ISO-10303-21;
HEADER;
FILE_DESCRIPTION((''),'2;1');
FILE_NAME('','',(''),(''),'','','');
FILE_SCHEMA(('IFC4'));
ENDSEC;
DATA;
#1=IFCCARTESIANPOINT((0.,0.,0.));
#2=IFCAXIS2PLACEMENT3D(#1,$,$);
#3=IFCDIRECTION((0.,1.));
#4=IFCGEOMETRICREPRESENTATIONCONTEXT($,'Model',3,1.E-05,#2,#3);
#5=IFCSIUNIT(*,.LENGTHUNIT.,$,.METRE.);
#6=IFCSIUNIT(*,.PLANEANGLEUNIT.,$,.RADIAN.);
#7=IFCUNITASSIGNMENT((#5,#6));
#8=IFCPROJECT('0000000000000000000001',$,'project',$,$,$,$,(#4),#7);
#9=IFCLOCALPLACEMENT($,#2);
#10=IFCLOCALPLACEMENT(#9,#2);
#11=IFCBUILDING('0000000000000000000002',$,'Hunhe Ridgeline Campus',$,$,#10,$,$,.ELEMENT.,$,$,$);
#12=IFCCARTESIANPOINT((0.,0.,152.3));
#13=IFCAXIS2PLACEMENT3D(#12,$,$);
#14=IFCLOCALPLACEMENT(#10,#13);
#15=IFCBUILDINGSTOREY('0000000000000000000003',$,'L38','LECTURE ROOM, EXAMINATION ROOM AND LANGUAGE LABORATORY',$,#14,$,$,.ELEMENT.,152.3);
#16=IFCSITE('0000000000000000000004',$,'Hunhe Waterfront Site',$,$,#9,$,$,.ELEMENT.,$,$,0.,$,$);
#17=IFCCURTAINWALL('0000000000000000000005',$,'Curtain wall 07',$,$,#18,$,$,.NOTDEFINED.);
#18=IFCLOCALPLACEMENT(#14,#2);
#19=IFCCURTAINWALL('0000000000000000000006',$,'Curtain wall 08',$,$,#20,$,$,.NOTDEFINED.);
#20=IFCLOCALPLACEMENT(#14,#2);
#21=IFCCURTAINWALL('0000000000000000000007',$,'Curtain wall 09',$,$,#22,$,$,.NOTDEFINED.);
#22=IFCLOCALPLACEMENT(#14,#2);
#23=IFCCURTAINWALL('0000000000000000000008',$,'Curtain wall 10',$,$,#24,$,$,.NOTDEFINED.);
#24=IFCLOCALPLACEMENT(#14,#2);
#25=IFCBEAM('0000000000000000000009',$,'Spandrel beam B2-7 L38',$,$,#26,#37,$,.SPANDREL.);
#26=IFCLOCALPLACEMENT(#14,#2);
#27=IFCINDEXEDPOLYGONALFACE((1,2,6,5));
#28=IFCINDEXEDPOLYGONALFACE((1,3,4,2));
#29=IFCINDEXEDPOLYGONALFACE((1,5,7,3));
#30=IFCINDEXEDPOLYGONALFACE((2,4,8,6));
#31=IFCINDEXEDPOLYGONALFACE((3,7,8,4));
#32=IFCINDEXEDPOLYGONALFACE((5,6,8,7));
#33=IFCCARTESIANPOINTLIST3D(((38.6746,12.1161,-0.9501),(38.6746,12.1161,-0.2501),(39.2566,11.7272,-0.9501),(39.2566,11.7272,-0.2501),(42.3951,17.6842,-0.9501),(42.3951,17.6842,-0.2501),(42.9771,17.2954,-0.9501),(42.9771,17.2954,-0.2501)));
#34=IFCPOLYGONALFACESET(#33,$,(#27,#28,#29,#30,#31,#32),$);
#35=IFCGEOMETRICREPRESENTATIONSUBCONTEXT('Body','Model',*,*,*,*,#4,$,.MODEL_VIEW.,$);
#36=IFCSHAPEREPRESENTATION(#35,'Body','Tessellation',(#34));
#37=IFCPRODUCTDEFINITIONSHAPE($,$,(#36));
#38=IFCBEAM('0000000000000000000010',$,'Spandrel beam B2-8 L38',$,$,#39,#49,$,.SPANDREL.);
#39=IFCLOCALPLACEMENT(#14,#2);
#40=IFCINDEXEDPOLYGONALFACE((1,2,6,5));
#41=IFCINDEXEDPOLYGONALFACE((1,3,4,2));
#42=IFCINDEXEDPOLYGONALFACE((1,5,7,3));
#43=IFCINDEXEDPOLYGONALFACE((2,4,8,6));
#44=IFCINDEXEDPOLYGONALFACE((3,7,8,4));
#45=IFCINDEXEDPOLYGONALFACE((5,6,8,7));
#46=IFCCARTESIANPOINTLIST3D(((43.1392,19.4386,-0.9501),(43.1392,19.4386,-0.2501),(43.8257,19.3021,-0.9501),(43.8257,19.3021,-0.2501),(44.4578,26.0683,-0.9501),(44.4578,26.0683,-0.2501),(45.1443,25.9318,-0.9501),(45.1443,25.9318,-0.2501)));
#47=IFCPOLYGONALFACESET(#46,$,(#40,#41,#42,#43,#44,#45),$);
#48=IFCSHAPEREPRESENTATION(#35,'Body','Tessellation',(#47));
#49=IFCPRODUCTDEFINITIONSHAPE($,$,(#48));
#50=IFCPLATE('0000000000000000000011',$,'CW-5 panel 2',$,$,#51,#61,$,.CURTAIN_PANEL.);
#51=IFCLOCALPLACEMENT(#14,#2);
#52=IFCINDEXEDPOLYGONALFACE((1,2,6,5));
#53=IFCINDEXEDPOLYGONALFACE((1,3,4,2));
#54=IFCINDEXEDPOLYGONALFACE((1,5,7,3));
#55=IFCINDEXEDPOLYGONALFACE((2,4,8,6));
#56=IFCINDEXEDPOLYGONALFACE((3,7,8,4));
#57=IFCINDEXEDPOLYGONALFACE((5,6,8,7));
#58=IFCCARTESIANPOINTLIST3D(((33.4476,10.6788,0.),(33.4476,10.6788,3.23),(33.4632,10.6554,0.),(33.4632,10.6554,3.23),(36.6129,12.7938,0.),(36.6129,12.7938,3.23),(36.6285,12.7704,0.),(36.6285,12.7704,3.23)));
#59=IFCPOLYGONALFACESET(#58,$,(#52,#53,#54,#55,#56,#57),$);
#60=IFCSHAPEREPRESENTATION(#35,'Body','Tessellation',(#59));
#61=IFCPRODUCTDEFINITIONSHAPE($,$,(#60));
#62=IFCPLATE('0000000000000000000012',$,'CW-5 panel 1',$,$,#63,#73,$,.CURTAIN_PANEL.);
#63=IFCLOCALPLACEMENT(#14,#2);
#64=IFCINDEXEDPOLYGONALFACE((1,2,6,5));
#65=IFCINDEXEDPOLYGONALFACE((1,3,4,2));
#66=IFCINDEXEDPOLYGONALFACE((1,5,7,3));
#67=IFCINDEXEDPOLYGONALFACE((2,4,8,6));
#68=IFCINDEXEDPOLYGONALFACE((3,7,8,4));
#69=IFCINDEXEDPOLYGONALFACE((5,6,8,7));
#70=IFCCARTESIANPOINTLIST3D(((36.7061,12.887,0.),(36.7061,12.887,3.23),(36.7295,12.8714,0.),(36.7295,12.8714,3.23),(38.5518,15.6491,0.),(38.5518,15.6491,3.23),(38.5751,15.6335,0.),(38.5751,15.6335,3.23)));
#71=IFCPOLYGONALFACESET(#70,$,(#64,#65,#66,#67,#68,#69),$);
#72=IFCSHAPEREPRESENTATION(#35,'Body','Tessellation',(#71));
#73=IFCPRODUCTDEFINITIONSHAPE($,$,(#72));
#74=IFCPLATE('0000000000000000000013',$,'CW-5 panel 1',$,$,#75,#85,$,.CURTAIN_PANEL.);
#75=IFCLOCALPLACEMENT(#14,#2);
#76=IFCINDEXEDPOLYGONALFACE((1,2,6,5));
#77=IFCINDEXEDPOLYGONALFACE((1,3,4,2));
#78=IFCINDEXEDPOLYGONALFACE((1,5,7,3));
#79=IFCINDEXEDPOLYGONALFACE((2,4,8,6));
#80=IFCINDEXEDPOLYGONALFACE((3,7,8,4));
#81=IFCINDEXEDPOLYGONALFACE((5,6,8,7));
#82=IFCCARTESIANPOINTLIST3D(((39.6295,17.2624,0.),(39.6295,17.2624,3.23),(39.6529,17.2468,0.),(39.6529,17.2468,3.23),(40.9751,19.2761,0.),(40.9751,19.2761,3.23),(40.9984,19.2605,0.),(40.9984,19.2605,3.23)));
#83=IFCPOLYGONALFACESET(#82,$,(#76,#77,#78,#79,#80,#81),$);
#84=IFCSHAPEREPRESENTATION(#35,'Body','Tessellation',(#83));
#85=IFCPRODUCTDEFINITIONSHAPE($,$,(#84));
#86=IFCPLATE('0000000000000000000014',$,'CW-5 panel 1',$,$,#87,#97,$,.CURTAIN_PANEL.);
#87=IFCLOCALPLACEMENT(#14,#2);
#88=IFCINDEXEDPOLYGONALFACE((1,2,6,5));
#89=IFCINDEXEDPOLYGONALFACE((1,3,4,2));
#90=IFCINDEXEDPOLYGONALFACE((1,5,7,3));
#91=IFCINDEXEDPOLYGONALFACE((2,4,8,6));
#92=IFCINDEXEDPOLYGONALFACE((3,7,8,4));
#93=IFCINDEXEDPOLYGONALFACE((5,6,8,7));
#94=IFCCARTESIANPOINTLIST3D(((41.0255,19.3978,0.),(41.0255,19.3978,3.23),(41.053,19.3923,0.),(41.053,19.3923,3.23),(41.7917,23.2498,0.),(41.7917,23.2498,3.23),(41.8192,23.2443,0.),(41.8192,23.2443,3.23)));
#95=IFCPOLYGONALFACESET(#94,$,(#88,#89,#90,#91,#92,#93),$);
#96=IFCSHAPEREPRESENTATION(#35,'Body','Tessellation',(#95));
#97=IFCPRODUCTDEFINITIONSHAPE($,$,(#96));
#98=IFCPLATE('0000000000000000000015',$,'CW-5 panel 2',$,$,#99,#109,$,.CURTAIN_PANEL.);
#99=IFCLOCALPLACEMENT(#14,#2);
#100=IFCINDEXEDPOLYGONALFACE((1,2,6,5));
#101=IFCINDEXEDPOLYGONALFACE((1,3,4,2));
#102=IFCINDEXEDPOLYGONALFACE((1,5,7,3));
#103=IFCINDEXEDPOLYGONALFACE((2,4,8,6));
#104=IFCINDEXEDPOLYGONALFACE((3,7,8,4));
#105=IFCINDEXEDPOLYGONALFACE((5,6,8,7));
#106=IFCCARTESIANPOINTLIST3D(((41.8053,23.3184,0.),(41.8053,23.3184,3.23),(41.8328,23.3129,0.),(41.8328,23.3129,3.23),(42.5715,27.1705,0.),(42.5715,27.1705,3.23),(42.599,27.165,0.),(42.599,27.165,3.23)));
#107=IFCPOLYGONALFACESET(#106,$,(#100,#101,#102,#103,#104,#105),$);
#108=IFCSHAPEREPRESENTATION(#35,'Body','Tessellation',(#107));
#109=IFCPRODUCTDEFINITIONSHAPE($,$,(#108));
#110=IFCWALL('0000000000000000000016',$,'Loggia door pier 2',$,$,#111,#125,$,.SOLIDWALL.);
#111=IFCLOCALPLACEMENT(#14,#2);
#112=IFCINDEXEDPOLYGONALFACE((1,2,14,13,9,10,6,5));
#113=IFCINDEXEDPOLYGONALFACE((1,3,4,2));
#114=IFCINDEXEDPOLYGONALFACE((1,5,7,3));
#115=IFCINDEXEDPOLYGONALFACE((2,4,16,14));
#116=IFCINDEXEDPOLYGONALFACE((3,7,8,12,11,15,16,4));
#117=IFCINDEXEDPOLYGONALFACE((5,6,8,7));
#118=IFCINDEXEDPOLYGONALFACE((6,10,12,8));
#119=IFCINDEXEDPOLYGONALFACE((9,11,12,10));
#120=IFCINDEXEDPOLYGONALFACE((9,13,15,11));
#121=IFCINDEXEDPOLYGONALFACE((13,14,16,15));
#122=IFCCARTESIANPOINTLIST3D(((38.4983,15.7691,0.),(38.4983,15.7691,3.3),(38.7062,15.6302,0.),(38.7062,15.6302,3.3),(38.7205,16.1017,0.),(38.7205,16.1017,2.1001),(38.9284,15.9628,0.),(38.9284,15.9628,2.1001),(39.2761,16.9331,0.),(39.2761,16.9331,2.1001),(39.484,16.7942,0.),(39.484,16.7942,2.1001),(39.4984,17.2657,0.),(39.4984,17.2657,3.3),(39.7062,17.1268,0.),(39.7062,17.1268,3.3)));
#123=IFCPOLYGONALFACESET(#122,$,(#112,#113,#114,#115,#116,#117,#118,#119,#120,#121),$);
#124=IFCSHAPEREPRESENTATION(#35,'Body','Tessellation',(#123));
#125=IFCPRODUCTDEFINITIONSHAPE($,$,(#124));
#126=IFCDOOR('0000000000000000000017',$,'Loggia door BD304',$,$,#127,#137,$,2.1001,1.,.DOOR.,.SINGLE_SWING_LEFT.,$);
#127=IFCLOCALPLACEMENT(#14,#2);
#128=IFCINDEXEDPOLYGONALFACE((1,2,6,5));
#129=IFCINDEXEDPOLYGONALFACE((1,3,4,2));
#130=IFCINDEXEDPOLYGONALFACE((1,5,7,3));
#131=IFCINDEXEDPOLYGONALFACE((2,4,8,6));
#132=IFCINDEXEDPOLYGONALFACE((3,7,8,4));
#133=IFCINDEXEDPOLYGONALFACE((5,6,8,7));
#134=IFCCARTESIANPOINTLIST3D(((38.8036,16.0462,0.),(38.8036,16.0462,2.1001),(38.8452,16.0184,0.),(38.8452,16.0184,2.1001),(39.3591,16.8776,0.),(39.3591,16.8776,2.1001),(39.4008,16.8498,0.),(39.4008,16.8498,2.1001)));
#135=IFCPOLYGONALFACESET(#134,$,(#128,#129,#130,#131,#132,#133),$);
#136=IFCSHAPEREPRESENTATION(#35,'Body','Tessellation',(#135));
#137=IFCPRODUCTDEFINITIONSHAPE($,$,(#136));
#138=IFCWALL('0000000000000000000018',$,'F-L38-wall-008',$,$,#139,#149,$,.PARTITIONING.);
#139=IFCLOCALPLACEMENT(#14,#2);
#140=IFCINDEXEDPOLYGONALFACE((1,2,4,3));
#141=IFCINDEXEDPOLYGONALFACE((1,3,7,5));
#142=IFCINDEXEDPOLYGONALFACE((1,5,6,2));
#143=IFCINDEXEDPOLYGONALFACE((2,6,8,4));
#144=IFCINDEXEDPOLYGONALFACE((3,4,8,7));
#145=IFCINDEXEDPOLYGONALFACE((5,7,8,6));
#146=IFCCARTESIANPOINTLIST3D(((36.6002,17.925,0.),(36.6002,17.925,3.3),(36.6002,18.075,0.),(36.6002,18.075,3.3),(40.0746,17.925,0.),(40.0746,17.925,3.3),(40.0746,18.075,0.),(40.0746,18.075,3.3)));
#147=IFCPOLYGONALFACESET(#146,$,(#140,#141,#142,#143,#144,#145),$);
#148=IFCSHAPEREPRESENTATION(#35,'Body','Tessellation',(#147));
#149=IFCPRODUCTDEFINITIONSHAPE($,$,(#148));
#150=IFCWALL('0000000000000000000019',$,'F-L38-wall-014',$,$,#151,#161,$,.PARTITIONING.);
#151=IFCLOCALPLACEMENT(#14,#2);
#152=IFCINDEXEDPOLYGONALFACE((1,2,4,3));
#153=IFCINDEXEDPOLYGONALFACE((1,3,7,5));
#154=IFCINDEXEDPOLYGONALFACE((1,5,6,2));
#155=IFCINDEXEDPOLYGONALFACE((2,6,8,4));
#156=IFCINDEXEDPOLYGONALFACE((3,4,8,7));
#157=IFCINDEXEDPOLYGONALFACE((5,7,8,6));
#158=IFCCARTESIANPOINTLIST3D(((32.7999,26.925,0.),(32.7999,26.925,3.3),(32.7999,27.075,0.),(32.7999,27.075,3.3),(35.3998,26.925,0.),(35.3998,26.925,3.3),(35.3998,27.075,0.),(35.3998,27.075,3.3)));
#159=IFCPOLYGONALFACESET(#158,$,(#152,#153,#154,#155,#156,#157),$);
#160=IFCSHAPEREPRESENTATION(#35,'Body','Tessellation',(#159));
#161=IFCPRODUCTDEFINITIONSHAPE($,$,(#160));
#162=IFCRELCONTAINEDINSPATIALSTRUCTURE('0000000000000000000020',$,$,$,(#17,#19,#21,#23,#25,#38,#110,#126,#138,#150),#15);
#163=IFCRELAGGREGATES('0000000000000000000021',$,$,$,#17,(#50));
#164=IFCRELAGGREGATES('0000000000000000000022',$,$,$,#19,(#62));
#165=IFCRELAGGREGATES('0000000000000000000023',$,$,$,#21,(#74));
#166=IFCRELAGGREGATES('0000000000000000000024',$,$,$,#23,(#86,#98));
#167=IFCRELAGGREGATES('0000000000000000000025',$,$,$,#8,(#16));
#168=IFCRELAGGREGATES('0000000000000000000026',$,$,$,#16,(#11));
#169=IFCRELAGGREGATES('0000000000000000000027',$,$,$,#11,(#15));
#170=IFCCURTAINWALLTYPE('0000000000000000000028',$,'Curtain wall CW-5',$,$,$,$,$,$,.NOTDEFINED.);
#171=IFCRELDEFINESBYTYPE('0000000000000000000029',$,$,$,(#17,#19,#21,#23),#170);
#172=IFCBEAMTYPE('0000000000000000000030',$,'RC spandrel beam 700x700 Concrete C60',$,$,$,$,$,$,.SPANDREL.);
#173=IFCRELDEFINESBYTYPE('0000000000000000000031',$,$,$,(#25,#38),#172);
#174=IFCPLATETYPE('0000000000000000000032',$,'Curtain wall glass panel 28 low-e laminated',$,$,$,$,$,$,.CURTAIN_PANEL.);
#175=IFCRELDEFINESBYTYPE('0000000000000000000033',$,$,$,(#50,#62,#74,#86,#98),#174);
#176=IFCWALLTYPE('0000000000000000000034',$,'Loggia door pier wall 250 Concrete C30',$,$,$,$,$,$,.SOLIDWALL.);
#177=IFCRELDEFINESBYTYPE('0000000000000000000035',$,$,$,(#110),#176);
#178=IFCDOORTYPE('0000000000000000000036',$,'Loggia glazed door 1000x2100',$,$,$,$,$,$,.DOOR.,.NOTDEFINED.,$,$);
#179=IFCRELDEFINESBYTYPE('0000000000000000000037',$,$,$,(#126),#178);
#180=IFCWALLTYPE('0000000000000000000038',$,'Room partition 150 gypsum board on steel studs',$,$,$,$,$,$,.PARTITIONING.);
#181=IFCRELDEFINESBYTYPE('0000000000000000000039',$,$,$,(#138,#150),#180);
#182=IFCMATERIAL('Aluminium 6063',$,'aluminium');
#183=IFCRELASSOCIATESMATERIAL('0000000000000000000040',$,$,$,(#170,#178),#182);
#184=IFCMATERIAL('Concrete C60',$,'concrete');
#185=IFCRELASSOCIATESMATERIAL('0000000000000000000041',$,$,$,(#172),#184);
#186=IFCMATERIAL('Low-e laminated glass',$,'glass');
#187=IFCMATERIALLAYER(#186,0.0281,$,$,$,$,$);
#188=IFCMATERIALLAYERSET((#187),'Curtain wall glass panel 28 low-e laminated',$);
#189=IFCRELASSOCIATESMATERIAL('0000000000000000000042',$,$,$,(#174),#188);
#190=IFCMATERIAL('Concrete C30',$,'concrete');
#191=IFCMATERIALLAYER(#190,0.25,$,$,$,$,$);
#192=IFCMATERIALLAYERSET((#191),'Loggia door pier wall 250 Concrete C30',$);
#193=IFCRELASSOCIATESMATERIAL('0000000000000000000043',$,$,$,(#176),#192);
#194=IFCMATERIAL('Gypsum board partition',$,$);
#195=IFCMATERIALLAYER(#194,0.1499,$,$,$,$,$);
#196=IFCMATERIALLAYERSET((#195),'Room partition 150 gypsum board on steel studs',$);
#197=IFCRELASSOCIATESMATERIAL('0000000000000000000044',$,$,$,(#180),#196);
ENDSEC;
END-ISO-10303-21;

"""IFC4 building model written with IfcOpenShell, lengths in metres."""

from ifc_helpers import new_model, si_unit, direction, frame, frame_2d, origin, origin_2d, place, context, subcontext, project, spatial, rectangle, extrude, material, layer, layer_set, material_profile, profile_set, type_object, element, fill, aggregate, save


model = new_model("IFC4")

# Units and contexts
model_context = context("Model", 3, precision=1e-05, world=origin(), true_north=direction((0.0, 1.0)))
body_context = subcontext(model_context, "Body", "Model", "MODEL_VIEW")
ifc_project = project(units=[si_unit("LENGTHUNIT", "METRE"), si_unit("PLANEANGLEUNIT", "RADIAN")], contexts=[model_context])

# Site, building, storey
site_placement = place(None, origin())
site = spatial("IfcSite", under=ifc_project, at=site_placement, Name="Hunhe Waterfront Site", CompositionType="ELEMENT", RefElevation=0.0)
building_placement = place(site_placement, origin())
building = spatial("IfcBuilding", under=site, at=building_placement, Name="Hunhe Ridgeline Campus", CompositionType="ELEMENT")
storey_placement = place(building_placement, frame((0.0, 0.0, 152.3)))
storey = spatial("IfcBuildingStorey", under=building, at=storey_placement, Name="L38", Description="LECTURE ROOM, EXAMINATION ROOM AND LANGUAGE LABORATORY", CompositionType="ELEMENT", Elevation=152.3)

# Curtain walls
ifc_material_1 = material(Name="Aluminium 6063", Category="aluminium")
curtain_wall_type = type_object("IfcCurtainWallType", Name="Curtain wall CW-5", PredefinedType="NOTDEFINED", material=ifc_material_1)
curtain_wall_1_placement = place(storey_placement, origin())
curtain_wall_1 = element("IfcCurtainWall", 1, at=curtain_wall_1_placement, inside=storey, type_object=curtain_wall_type, Name="Curtain wall 07", PredefinedType="NOTDEFINED")
curtain_wall_2_placement = place(storey_placement, origin())
curtain_wall_2 = element("IfcCurtainWall", 2, at=curtain_wall_2_placement, inside=storey, type_object=curtain_wall_type, Name="Curtain wall 08", PredefinedType="NOTDEFINED")
curtain_wall_3_placement = place(storey_placement, origin())
curtain_wall_3 = element("IfcCurtainWall", 3, at=curtain_wall_3_placement, inside=storey, type_object=curtain_wall_type, Name="Curtain wall 09", PredefinedType="NOTDEFINED")
curtain_wall_4_placement = place(storey_placement, origin())
curtain_wall_4 = element("IfcCurtainWall", 4, at=curtain_wall_4_placement, inside=storey, type_object=curtain_wall_type, Name="Curtain wall 10", PredefinedType="NOTDEFINED")

# Beams
ifc_material_2 = material(Name="Concrete C60", Category="concrete")
ifc_material_profile_1 = material_profile(ifc_material_2, rectangle(XDim=0.7, YDim=0.7, at=origin_2d()))
ifc_profile_set_1 = profile_set([ifc_material_profile_1], Name="Concrete C60")
beam_type = type_object("IfcBeamType", Name="RC spandrel beam 700x700 Concrete C60", PredefinedType="SPANDREL", material=ifc_profile_set_1)
beam_1_placement = place(storey_placement, frame((38.9656, 11.9216, -0.6001), z_axis=(0.555566, 0.831472, 0.0), x_axis=(-0.831472, 0.555566, 0.0)))
element("IfcBeam", 5, at=beam_1_placement, inside=storey, type_object=beam_type, Name="Spandrel beam B2-7 L38", PredefinedType="SPANDREL", context=body_context, shape_type="SweptSolid", body=[
    extrude(rectangle(XDim=0.7, YDim=0.7, at=origin_2d()), origin(), (0.0, 0.0, 1.0), 6.6968),
])
beam_2_placement = place(storey_placement, frame((43.4824, 19.3704, -0.6001), z_axis=(0.195074, 0.980788, 0.0), x_axis=(-0.980788, 0.195074, 0.0)))
element("IfcBeam", 6, at=beam_2_placement, inside=storey, type_object=beam_type, Name="Spandrel beam B2-8 L38", PredefinedType="SPANDREL", context=body_context, shape_type="SweptSolid", body=[
    extrude(rectangle(XDim=0.7, YDim=0.7, at=origin_2d()), origin(), (0.0, 0.0, 1.0), 6.7595),
])

# Plates
ifc_material_3 = material(Name="Low-e laminated glass", Category="glass")
ifc_layer_1 = layer(ifc_material_3, 0.0281)
ifc_layer_set_1 = layer_set([ifc_layer_1], Name="Curtain wall glass panel 28 low-e laminated")
plate_type = type_object("IfcPlateType", Name="Curtain wall glass panel 28 low-e laminated", PredefinedType="CURTAIN_PANEL", material=ifc_layer_set_1)
plate_1_placement = place(storey_placement, frame((35.0381, 11.7246, 0.0), z_axis=(0.0, 0.0, 1.0), x_axis=(0.83147, 0.55557, 0.0)))
plate_1 = element("IfcPlate", 7, at=plate_1_placement, type_object=plate_type, Name="CW-5 panel 2", PredefinedType="CURTAIN_PANEL", context=body_context, shape_type="SweptSolid", body=[
    extrude(rectangle(XDim=3.8069, YDim=0.0281, at=origin_2d()), origin(), (0.0, 0.0, 1.0), 3.23),
])
aggregate(curtain_wall_1, [plate_1])
plate_2_placement = place(storey_placement, frame((37.6406, 14.2603, 0.0), z_axis=(0.0, 0.0, 1.0), x_axis=(0.55557, 0.83147, 0.0)))
plate_2 = element("IfcPlate", 8, at=plate_2_placement, type_object=plate_type, Name="CW-5 panel 1", PredefinedType="CURTAIN_PANEL", context=body_context, shape_type="SweptSolid", body=[
    extrude(rectangle(XDim=3.322, YDim=0.0281, at=origin_2d()), origin(), (0.0, 0.0, 1.0), 3.23),
])
aggregate(curtain_wall_2, [plate_2])
plate_3_placement = place(storey_placement, frame((40.314, 18.2615, 0.0), z_axis=(0.0, 0.0, 1.0), x_axis=(0.55557, 0.83147, 0.0)))
plate_3 = element("IfcPlate", 9, at=plate_3_placement, type_object=plate_type, Name="CW-5 panel 1", PredefinedType="CURTAIN_PANEL", context=body_context, shape_type="SweptSolid", body=[
    extrude(rectangle(XDim=2.4219, YDim=0.0281, at=origin_2d()), origin(), (0.0, 0.0, 1.0), 3.23),
])
aggregate(curtain_wall_3, [plate_3])
plate_4_placement = place(storey_placement, frame((41.4224, 21.321, 0.0), z_axis=(0.0, 0.0, 1.0), x_axis=(0.19509, 0.980785, 0.0)))
plate_4 = element("IfcPlate", 10, at=plate_4_placement, type_object=plate_type, Name="CW-5 panel 1", PredefinedType="CURTAIN_PANEL", context=body_context, shape_type="SweptSolid", body=[
    extrude(rectangle(XDim=3.9275, YDim=0.0281, at=origin_2d()), origin(), (0.0, 0.0, 1.0), 3.23),
])
plate_5_placement = place(storey_placement, frame((42.2021, 25.2417, 0.0), z_axis=(0.0, 0.0, 1.0), x_axis=(0.19509, 0.980785, 0.0)))
plate_5 = element("IfcPlate", 11, at=plate_5_placement, type_object=plate_type, Name="CW-5 panel 2", PredefinedType="CURTAIN_PANEL", context=body_context, shape_type="SweptSolid", body=[
    extrude(rectangle(XDim=3.9275, YDim=0.0281, at=origin_2d()), origin(), (0.0, 0.0, 1.0), 3.23),
])
aggregate(curtain_wall_4, [plate_4, plate_5])

# Wall, opening, door
ifc_material_4 = material(Name="Concrete C30", Category="concrete")
ifc_layer_2 = layer(ifc_material_4, 0.25)
ifc_layer_set_2 = layer_set([ifc_layer_2], Name="Loggia door pier wall 250 Concrete C30")
wall_type_1 = type_object("IfcWallType", Name="Loggia door pier wall 250 Concrete C30", PredefinedType="SOLIDWALL", material=ifc_layer_set_2)
wall_1_placement = place(storey_placement, frame((38.6023, 15.6997, 0.0), z_axis=(0.0, 0.0, 1.0), x_axis=(0.555576, 0.831466, 0.0)))
wall_1 = element("IfcWall", 12, at=wall_1_placement, inside=storey, type_object=wall_type_1, Name="Loggia door pier 2", PredefinedType="SOLIDWALL", context=body_context, shape_type="SweptSolid", body=[
    extrude(rectangle(XDim=1.8, YDim=0.25, at=frame_2d((0.8999, 0.0))), origin(), (0.0, 0.0, 1.0), 3.3),
])
opening_placement = place(wall_1_placement, frame((0.3999, 0.0, 0.0)))
opening = element("IfcOpeningElement", 13, at=opening_placement, cuts=wall_1, PredefinedType="OPENING", context=body_context, shape_type="SweptSolid", body=[
    extrude(rectangle(XDim=1.0, YDim=2.1001, at=frame_2d((0.5, 1.05))), frame((0.0, 0.125, 0.0), z_axis=(0.0, -1.0, 0.0), x_axis=(1.0, 0.0, 0.0)), (0.0, 0.0, 1.0), 0.25),
])
door_type = type_object("IfcDoorType", Name="Loggia glazed door 1000x2100", OperationType="NOTDEFINED", PredefinedType="DOOR", material=ifc_material_1)
door_placement = place(opening_placement, frame((1.0, 0.0, 0.0), z_axis=(0.0, 0.0, 1.0), x_axis=(-1.0, 0.0, 0.0)))
door = element("IfcDoor", 14, at=door_placement, inside=storey, type_object=door_type, Name="Loggia door BD304", OperationType="SINGLE_SWING_LEFT", OverallHeight=2.1001, OverallWidth=1.0, PredefinedType="DOOR", context=body_context, shape_type="SweptSolid", body=[
    extrude(rectangle(XDim=1.0, YDim=2.1001, at=frame_2d((0.5, 1.05))), frame((0.0, 0.0249, 0.0), z_axis=(0.0, -1.0, 0.0), x_axis=(1.0, 0.0, 0.0)), (0.0, 0.0, 1.0), 0.05),
])
fill(opening, door)

# Walls
ifc_material_5 = material(Name="Gypsum board partition")
ifc_layer_3 = layer(ifc_material_5, 0.1499)
ifc_layer_set_3 = layer_set([ifc_layer_3], Name="Room partition 150 gypsum board on steel studs")
wall_type_2 = type_object("IfcWallType", Name="Room partition 150 gypsum board on steel studs", PredefinedType="PARTITIONING", material=ifc_layer_set_3)
wall_2_placement = place(storey_placement, frame((36.6001, 18.0, 0.0), z_axis=(0.0, 0.0, 1.0), x_axis=(1.0, 0.0, 0.0)))
element("IfcWall", 15, at=wall_2_placement, inside=storey, type_object=wall_type_2, Name="F-L38-wall-008", PredefinedType="PARTITIONING", context=body_context, shape_type="SweptSolid", body=[
    extrude(rectangle(XDim=3.4744, YDim=0.1499, at=frame_2d((1.7373, 0.0))), origin(), (0.0, 0.0, 1.0), 3.3),
])
wall_3_placement = place(storey_placement, frame((32.8, 27.0, 0.0), z_axis=(0.0, 0.0, 1.0), x_axis=(1.0, 0.0, 0.0)))
element("IfcWall", 16, at=wall_3_placement, inside=storey, type_object=wall_type_2, Name="F-L38-wall-014", PredefinedType="PARTITIONING", context=body_context, shape_type="SweptSolid", body=[
    extrude(rectangle(XDim=2.5999, YDim=0.1499, at=frame_2d((1.2998, 0.0))), origin(), (0.0, 0.0, 1.0), 3.3),
])

save(model, "model.ifc")
